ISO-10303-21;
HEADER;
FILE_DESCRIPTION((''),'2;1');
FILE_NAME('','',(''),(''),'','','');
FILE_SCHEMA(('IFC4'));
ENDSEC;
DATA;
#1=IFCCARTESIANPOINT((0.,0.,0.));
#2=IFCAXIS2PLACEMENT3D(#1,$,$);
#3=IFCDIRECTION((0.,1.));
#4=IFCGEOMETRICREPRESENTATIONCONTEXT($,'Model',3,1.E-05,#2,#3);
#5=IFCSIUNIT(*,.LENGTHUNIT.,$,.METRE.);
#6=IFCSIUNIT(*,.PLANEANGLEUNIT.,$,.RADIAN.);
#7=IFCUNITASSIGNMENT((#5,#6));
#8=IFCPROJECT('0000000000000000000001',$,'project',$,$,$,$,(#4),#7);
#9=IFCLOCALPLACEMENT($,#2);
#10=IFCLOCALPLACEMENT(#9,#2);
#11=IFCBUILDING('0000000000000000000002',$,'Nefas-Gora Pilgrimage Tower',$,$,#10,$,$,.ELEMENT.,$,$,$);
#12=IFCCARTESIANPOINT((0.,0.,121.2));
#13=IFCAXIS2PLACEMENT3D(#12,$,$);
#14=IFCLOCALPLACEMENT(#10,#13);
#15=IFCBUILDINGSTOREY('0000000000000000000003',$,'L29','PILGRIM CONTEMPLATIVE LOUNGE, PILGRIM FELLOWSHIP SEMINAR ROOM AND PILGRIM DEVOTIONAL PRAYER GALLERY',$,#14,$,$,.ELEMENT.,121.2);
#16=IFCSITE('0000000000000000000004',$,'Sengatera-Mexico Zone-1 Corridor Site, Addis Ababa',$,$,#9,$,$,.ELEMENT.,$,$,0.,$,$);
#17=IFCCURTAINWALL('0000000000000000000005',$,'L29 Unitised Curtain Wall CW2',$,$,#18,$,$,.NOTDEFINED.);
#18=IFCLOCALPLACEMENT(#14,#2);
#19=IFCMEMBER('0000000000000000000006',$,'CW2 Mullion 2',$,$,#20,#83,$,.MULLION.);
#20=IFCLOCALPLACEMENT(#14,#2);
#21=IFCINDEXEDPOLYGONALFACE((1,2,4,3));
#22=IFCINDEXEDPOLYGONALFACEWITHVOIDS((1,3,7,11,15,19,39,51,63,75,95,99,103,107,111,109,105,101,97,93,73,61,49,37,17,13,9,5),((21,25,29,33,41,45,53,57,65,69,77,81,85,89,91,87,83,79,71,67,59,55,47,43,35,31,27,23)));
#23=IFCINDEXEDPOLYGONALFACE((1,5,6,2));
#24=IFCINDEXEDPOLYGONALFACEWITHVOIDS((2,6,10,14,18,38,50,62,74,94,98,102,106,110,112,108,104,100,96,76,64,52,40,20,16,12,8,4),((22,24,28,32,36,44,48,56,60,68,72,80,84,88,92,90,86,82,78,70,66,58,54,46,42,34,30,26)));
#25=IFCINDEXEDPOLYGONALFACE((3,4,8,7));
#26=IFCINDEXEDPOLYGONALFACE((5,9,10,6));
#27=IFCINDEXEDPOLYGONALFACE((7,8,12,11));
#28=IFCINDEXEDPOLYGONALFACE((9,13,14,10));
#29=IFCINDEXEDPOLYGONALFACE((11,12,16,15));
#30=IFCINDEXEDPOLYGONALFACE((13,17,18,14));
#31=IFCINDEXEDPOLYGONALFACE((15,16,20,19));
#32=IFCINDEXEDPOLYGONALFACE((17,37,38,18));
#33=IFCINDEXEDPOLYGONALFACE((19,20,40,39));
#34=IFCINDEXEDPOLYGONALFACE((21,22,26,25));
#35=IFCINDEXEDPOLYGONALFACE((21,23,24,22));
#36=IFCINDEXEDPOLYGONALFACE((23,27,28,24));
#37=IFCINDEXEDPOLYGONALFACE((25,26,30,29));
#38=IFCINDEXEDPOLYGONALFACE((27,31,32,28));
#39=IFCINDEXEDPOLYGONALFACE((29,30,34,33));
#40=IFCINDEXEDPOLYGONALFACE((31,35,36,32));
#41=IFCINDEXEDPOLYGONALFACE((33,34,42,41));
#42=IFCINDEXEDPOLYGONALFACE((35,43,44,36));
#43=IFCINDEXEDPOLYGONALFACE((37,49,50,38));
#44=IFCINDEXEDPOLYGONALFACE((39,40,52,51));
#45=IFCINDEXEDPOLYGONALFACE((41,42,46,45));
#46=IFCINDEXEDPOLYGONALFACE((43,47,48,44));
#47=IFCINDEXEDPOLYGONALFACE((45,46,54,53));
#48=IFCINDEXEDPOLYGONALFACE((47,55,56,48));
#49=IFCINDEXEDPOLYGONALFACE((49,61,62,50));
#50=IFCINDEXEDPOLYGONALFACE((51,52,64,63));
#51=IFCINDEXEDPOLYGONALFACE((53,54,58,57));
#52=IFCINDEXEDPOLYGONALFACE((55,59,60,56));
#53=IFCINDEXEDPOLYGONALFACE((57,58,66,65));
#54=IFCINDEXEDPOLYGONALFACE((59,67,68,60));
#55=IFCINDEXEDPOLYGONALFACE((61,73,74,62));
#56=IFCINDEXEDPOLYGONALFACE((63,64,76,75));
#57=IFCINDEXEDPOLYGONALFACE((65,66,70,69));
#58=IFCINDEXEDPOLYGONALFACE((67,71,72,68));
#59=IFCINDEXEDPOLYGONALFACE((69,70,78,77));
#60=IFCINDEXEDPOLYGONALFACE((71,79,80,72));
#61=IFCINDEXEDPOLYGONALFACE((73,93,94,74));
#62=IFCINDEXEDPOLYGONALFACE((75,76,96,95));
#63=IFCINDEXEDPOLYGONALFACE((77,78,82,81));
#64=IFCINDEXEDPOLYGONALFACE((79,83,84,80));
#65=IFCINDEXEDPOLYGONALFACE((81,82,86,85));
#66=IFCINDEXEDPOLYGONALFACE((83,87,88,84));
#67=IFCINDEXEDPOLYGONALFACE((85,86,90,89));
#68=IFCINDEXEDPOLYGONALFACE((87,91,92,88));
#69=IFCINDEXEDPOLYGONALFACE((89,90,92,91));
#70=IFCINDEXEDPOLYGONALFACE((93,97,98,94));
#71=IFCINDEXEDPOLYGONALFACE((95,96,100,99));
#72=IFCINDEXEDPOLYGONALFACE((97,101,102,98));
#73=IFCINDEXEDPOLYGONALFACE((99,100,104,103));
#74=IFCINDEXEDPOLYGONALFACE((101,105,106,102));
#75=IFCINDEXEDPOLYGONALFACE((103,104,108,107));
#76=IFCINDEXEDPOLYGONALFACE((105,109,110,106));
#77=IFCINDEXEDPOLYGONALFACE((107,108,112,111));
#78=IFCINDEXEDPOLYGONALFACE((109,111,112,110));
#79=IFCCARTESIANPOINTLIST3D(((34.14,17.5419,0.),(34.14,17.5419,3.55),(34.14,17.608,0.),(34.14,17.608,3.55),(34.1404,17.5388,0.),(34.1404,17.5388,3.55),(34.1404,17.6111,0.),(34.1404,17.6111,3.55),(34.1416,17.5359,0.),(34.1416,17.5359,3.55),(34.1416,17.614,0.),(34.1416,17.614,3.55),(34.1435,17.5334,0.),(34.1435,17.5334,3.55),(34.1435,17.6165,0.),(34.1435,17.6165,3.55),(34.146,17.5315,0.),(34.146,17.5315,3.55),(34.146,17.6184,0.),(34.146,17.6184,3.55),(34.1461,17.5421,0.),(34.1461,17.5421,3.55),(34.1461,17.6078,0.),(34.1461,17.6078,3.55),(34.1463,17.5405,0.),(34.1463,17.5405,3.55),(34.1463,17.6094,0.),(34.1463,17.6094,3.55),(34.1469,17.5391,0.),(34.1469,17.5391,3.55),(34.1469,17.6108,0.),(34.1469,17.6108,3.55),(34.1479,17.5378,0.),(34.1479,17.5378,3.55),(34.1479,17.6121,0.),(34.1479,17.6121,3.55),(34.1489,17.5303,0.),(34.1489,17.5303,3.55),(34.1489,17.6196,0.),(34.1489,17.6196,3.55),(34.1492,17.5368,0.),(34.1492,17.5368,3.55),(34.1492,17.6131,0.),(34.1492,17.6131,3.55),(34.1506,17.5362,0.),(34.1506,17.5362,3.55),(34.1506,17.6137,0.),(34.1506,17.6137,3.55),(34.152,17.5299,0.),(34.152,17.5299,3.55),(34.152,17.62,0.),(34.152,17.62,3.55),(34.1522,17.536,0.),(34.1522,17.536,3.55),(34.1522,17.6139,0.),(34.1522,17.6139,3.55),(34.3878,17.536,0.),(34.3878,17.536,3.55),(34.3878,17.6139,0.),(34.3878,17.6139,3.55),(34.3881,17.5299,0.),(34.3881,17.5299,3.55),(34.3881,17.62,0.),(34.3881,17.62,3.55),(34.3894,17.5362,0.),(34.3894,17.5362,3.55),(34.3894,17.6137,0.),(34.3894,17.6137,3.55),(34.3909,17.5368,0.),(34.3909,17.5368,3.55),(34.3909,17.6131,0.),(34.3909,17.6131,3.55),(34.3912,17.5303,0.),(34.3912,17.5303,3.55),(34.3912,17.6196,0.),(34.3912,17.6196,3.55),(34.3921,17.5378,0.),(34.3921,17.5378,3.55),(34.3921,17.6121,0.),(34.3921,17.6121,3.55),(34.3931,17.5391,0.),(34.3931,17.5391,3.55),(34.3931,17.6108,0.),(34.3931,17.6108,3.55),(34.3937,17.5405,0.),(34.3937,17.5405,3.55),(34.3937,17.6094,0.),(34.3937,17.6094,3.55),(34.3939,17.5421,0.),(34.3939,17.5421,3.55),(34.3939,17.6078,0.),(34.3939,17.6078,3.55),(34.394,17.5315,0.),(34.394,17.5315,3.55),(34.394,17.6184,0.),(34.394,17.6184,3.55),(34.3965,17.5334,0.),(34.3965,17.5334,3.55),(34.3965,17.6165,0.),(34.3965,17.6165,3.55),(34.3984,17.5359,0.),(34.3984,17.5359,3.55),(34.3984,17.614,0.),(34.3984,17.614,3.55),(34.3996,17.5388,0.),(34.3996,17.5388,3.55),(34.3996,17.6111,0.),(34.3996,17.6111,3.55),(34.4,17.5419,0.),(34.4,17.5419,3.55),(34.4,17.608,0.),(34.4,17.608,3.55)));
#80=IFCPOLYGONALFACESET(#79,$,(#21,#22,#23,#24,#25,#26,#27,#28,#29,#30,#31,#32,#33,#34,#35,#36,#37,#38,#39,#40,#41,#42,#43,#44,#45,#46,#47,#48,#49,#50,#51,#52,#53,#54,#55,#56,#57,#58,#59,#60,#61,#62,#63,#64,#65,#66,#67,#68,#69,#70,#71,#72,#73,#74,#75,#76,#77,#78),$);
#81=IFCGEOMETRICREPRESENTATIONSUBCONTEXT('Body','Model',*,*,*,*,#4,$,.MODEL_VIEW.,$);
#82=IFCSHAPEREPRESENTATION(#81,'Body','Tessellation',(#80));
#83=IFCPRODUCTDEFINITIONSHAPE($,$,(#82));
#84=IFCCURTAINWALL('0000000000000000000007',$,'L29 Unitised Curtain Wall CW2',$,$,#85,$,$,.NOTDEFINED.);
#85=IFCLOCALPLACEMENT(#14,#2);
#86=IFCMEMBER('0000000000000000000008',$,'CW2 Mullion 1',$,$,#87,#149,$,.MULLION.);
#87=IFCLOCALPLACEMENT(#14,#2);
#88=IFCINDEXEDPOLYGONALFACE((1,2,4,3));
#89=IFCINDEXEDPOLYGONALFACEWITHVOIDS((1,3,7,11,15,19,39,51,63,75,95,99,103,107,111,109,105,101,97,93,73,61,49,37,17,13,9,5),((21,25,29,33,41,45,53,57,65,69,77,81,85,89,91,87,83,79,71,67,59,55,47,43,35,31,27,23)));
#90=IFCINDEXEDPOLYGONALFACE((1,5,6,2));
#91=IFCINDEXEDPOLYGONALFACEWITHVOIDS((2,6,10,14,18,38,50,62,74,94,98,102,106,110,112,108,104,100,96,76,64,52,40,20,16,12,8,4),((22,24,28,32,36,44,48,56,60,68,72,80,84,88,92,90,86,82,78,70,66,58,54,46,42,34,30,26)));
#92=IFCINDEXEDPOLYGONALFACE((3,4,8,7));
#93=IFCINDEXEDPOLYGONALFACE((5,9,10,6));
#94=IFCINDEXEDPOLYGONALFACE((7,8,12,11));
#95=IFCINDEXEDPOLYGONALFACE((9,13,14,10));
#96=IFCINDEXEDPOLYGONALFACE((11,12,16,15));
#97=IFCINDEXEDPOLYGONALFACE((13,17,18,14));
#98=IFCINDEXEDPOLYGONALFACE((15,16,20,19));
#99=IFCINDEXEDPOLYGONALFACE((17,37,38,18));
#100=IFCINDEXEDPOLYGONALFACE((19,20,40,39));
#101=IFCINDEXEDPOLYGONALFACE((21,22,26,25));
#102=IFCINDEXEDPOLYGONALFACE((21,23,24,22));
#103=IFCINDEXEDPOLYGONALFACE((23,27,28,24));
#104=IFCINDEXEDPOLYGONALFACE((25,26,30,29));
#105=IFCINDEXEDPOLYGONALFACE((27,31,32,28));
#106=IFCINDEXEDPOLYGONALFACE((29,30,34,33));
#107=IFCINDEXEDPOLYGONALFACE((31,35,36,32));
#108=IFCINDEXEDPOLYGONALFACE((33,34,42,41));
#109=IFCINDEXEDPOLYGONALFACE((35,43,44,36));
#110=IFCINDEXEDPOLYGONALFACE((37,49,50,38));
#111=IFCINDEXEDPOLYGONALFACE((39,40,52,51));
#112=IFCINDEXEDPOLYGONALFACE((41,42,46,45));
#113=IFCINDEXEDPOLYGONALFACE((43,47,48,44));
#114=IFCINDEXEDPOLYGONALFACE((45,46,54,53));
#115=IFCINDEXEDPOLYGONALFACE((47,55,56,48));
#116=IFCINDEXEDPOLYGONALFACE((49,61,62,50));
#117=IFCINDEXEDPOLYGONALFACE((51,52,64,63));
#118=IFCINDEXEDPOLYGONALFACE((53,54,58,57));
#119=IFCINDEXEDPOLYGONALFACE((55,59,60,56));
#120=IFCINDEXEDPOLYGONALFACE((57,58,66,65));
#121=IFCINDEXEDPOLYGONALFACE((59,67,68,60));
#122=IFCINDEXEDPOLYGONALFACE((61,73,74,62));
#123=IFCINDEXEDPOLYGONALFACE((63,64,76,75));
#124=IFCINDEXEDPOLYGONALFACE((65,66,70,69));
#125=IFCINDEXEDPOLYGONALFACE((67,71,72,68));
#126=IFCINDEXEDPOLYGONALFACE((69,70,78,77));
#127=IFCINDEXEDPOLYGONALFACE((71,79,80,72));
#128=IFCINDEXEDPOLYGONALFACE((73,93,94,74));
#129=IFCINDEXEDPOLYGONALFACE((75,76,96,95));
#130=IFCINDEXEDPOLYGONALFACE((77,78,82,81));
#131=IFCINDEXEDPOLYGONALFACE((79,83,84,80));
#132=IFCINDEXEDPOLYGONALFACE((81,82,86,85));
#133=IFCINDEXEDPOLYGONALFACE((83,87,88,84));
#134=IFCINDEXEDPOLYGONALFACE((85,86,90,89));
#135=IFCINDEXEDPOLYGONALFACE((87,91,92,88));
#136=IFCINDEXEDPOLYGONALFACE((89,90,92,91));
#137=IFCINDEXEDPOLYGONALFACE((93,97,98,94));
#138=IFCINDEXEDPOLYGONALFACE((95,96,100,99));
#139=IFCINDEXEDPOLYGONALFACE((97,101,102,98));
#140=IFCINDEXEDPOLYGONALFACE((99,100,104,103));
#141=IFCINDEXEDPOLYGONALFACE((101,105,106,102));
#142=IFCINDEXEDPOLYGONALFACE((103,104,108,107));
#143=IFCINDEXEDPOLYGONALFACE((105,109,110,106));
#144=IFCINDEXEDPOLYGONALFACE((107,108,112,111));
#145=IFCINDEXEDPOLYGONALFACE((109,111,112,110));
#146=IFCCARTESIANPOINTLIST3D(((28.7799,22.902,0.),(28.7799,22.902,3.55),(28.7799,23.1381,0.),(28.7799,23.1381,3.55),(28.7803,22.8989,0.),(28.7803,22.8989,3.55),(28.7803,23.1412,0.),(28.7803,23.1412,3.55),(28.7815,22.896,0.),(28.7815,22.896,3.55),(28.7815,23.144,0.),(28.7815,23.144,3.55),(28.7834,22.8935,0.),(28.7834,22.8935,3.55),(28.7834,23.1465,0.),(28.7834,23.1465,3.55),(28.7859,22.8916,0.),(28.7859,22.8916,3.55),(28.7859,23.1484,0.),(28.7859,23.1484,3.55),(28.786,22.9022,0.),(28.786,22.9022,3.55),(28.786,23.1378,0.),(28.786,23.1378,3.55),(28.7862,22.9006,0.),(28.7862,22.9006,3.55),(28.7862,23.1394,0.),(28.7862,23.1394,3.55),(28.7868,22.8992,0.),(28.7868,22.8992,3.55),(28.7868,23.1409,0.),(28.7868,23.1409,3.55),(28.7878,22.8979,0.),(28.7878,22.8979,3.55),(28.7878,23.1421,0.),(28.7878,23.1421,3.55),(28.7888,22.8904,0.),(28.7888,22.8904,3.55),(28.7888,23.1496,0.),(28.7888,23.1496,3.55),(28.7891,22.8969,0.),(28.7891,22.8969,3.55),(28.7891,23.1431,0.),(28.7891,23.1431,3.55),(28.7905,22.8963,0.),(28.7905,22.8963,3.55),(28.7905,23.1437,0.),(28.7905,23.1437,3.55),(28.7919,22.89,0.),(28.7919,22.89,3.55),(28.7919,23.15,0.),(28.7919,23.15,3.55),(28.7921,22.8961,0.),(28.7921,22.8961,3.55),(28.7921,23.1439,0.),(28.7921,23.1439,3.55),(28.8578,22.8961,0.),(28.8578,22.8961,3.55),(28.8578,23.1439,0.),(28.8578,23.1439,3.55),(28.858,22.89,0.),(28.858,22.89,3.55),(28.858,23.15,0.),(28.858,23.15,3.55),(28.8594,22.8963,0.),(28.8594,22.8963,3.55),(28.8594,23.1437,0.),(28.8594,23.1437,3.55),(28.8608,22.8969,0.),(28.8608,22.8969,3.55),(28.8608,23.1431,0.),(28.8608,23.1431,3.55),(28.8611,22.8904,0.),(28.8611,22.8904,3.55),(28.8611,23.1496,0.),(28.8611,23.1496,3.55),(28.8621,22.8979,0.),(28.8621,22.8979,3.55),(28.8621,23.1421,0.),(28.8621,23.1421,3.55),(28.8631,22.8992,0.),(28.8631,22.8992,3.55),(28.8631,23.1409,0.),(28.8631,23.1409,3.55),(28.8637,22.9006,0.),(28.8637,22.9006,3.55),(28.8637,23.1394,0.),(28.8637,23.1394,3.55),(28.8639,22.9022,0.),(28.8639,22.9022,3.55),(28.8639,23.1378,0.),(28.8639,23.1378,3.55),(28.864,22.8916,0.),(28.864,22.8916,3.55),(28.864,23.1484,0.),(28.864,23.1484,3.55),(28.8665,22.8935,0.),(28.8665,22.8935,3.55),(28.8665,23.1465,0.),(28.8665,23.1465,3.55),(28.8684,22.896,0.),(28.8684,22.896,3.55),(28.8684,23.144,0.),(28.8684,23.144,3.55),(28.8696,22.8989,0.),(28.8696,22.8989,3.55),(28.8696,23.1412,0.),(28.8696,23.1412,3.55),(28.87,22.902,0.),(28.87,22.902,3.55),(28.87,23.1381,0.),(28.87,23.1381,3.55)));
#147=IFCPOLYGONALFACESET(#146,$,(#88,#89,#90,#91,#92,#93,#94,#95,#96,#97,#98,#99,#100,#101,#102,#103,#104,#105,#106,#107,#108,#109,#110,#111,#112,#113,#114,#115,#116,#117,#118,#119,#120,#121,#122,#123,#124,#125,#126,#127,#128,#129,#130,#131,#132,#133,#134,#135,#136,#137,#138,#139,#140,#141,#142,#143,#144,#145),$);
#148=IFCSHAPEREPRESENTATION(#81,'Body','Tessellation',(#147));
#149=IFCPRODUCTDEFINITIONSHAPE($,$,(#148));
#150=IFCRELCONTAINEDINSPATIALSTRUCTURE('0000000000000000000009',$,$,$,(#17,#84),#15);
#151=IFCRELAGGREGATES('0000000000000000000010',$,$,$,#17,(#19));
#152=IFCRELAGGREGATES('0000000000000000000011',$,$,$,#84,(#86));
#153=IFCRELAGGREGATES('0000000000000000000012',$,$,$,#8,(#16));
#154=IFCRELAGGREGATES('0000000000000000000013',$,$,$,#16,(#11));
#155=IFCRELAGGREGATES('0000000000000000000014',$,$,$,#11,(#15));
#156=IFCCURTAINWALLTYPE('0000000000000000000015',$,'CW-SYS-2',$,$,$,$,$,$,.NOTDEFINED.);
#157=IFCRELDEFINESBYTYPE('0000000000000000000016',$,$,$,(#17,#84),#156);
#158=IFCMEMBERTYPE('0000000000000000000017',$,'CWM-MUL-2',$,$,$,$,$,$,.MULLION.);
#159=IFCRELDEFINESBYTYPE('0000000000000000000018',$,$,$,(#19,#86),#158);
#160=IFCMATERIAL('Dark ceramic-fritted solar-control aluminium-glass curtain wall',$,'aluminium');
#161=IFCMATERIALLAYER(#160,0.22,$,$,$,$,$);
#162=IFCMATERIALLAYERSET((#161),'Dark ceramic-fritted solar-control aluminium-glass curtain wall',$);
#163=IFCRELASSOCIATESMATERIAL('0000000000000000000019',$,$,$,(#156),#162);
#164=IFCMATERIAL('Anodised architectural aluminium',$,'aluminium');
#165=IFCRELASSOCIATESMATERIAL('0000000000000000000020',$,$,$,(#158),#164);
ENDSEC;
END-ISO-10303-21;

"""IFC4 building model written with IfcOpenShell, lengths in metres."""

from ifc_helpers import new_model, si_unit, direction, frame, origin, origin_2d, place, context, subcontext, project, spatial, hollow_rectangle, extrude, source, transform, mapped, material, layer, layer_set, material_profile, profile_set, type_object, element, aggregate, save


model = new_model("IFC4")

# Units and contexts
model_context = context("Model", 3, precision=1e-05, world=origin(), true_north=direction((0.0, 1.0)))
body_context = subcontext(model_context, "Body", "Model", "MODEL_VIEW")
ifc_project = project(units=[si_unit("LENGTHUNIT", "METRE"), si_unit("PLANEANGLEUNIT", "RADIAN")], contexts=[model_context])

# Site, building, storey
site_placement = place(None, origin())
site = spatial("IfcSite", under=ifc_project, at=site_placement, Name="Sengatera-Mexico Zone-1 Corridor Site, Addis Ababa", CompositionType="ELEMENT", RefElevation=0.0)
building_placement = place(site_placement, origin())
building = spatial("IfcBuilding", under=site, at=building_placement, Name="Nefas-Gora Pilgrimage Tower", CompositionType="ELEMENT")
storey_placement = place(building_placement, frame((0.0, 0.0, 121.2)))
storey = spatial("IfcBuildingStorey", under=building, at=storey_placement, Name="L29", Description="PILGRIM CONTEMPLATIVE LOUNGE, PILGRIM FELLOWSHIP SEMINAR ROOM AND PILGRIM DEVOTIONAL PRAYER GALLERY", CompositionType="ELEMENT", Elevation=121.2)

# Curtain wall, member
ifc_material_1 = material(Name="Dark ceramic-fritted solar-control aluminium-glass curtain wall", Category="aluminium")
ifc_layer_1 = layer(ifc_material_1, 0.22)
ifc_layer_set_1 = layer_set([ifc_layer_1], Name="Dark ceramic-fritted solar-control aluminium-glass curtain wall")
curtain_wall_type = type_object("IfcCurtainWallType", Name="CW-SYS-2", PredefinedType="NOTDEFINED", material=ifc_layer_set_1)
curtain_wall_1_placement = place(storey_placement, origin())
curtain_wall_1 = element("IfcCurtainWall", 1, at=curtain_wall_1_placement, inside=storey, type_object=curtain_wall_type, Name="L29 Unitised Curtain Wall CW2", PredefinedType="NOTDEFINED")
ifc_material_2 = material(Name="Anodised architectural aluminium", Category="aluminium")
ifc_material_profile_1 = material_profile(ifc_material_2, hollow_rectangle(XDim=0.0901, YDim=0.26, WallThickness=0.0061, InnerFilletRadius=0.0061, OuterFilletRadius=0.012, at=origin_2d()), Name="ALU MULLION 90x260")
ifc_profile_set_1 = profile_set([ifc_material_profile_1], Name="Anodised architectural aluminium")
member_type_1 = type_object("IfcMemberType", Name="CWM-MUL-2", PredefinedType="MULLION", material=ifc_profile_set_1)
shared_shape_1 = source(origin(), body_context, "Body", "SweptSolid", [
    extrude(hollow_rectangle(XDim=0.0901, YDim=0.26, WallThickness=0.0061, InnerFilletRadius=0.0061, OuterFilletRadius=0.012, at=origin_2d()), origin(), (0.0, 0.0, 1.0), 3.55),
])
member_1_placement = place(storey_placement, frame((34.27, 17.575, 0.0), z_axis=(0.0, 0.0, 1.0), x_axis=(0.0, 1.0, 0.0)))
member_1 = element("IfcMember", 2, at=member_1_placement, type_object=member_type_1, Name="CW2 Mullion 2", PredefinedType="MULLION", context=body_context, shape_type="MappedRepresentation", body=[
    mapped(shared_shape_1, transform((0.0, 0.0, 0.0), x_axis=(1.0, 0.0, 0.0), y_axis=(0.0, 1.0, 0.0), z_axis=(0.0, 0.0, 1.0), scale=1.0)),
])
aggregate(curtain_wall_1, [member_1])

# Curtain wall, member
curtain_wall_2_placement = place(storey_placement, origin())
curtain_wall_2 = element("IfcCurtainWall", 3, at=curtain_wall_2_placement, inside=storey, type_object=curtain_wall_type, Name="L29 Unitised Curtain Wall CW2", PredefinedType="NOTDEFINED")
member_2_placement = place(storey_placement, frame((28.825, 23.02, 0.0), z_axis=(0.0, 0.0, 1.0), x_axis=(-1.0, 0.0, 0.0)))
member_2 = element("IfcMember", 4, at=member_2_placement, type_object=member_type_1, Name="CW2 Mullion 1", PredefinedType="MULLION", context=body_context, shape_type="MappedRepresentation", body=[
    mapped(shared_shape_1, transform((0.0, 0.0, 0.0), x_axis=(1.0, 0.0, 0.0), y_axis=(0.0, 1.0, 0.0), z_axis=(0.0, 0.0, 1.0), scale=1.0)),
])
aggregate(curtain_wall_2, [member_2])

save(model, "model.ifc")
